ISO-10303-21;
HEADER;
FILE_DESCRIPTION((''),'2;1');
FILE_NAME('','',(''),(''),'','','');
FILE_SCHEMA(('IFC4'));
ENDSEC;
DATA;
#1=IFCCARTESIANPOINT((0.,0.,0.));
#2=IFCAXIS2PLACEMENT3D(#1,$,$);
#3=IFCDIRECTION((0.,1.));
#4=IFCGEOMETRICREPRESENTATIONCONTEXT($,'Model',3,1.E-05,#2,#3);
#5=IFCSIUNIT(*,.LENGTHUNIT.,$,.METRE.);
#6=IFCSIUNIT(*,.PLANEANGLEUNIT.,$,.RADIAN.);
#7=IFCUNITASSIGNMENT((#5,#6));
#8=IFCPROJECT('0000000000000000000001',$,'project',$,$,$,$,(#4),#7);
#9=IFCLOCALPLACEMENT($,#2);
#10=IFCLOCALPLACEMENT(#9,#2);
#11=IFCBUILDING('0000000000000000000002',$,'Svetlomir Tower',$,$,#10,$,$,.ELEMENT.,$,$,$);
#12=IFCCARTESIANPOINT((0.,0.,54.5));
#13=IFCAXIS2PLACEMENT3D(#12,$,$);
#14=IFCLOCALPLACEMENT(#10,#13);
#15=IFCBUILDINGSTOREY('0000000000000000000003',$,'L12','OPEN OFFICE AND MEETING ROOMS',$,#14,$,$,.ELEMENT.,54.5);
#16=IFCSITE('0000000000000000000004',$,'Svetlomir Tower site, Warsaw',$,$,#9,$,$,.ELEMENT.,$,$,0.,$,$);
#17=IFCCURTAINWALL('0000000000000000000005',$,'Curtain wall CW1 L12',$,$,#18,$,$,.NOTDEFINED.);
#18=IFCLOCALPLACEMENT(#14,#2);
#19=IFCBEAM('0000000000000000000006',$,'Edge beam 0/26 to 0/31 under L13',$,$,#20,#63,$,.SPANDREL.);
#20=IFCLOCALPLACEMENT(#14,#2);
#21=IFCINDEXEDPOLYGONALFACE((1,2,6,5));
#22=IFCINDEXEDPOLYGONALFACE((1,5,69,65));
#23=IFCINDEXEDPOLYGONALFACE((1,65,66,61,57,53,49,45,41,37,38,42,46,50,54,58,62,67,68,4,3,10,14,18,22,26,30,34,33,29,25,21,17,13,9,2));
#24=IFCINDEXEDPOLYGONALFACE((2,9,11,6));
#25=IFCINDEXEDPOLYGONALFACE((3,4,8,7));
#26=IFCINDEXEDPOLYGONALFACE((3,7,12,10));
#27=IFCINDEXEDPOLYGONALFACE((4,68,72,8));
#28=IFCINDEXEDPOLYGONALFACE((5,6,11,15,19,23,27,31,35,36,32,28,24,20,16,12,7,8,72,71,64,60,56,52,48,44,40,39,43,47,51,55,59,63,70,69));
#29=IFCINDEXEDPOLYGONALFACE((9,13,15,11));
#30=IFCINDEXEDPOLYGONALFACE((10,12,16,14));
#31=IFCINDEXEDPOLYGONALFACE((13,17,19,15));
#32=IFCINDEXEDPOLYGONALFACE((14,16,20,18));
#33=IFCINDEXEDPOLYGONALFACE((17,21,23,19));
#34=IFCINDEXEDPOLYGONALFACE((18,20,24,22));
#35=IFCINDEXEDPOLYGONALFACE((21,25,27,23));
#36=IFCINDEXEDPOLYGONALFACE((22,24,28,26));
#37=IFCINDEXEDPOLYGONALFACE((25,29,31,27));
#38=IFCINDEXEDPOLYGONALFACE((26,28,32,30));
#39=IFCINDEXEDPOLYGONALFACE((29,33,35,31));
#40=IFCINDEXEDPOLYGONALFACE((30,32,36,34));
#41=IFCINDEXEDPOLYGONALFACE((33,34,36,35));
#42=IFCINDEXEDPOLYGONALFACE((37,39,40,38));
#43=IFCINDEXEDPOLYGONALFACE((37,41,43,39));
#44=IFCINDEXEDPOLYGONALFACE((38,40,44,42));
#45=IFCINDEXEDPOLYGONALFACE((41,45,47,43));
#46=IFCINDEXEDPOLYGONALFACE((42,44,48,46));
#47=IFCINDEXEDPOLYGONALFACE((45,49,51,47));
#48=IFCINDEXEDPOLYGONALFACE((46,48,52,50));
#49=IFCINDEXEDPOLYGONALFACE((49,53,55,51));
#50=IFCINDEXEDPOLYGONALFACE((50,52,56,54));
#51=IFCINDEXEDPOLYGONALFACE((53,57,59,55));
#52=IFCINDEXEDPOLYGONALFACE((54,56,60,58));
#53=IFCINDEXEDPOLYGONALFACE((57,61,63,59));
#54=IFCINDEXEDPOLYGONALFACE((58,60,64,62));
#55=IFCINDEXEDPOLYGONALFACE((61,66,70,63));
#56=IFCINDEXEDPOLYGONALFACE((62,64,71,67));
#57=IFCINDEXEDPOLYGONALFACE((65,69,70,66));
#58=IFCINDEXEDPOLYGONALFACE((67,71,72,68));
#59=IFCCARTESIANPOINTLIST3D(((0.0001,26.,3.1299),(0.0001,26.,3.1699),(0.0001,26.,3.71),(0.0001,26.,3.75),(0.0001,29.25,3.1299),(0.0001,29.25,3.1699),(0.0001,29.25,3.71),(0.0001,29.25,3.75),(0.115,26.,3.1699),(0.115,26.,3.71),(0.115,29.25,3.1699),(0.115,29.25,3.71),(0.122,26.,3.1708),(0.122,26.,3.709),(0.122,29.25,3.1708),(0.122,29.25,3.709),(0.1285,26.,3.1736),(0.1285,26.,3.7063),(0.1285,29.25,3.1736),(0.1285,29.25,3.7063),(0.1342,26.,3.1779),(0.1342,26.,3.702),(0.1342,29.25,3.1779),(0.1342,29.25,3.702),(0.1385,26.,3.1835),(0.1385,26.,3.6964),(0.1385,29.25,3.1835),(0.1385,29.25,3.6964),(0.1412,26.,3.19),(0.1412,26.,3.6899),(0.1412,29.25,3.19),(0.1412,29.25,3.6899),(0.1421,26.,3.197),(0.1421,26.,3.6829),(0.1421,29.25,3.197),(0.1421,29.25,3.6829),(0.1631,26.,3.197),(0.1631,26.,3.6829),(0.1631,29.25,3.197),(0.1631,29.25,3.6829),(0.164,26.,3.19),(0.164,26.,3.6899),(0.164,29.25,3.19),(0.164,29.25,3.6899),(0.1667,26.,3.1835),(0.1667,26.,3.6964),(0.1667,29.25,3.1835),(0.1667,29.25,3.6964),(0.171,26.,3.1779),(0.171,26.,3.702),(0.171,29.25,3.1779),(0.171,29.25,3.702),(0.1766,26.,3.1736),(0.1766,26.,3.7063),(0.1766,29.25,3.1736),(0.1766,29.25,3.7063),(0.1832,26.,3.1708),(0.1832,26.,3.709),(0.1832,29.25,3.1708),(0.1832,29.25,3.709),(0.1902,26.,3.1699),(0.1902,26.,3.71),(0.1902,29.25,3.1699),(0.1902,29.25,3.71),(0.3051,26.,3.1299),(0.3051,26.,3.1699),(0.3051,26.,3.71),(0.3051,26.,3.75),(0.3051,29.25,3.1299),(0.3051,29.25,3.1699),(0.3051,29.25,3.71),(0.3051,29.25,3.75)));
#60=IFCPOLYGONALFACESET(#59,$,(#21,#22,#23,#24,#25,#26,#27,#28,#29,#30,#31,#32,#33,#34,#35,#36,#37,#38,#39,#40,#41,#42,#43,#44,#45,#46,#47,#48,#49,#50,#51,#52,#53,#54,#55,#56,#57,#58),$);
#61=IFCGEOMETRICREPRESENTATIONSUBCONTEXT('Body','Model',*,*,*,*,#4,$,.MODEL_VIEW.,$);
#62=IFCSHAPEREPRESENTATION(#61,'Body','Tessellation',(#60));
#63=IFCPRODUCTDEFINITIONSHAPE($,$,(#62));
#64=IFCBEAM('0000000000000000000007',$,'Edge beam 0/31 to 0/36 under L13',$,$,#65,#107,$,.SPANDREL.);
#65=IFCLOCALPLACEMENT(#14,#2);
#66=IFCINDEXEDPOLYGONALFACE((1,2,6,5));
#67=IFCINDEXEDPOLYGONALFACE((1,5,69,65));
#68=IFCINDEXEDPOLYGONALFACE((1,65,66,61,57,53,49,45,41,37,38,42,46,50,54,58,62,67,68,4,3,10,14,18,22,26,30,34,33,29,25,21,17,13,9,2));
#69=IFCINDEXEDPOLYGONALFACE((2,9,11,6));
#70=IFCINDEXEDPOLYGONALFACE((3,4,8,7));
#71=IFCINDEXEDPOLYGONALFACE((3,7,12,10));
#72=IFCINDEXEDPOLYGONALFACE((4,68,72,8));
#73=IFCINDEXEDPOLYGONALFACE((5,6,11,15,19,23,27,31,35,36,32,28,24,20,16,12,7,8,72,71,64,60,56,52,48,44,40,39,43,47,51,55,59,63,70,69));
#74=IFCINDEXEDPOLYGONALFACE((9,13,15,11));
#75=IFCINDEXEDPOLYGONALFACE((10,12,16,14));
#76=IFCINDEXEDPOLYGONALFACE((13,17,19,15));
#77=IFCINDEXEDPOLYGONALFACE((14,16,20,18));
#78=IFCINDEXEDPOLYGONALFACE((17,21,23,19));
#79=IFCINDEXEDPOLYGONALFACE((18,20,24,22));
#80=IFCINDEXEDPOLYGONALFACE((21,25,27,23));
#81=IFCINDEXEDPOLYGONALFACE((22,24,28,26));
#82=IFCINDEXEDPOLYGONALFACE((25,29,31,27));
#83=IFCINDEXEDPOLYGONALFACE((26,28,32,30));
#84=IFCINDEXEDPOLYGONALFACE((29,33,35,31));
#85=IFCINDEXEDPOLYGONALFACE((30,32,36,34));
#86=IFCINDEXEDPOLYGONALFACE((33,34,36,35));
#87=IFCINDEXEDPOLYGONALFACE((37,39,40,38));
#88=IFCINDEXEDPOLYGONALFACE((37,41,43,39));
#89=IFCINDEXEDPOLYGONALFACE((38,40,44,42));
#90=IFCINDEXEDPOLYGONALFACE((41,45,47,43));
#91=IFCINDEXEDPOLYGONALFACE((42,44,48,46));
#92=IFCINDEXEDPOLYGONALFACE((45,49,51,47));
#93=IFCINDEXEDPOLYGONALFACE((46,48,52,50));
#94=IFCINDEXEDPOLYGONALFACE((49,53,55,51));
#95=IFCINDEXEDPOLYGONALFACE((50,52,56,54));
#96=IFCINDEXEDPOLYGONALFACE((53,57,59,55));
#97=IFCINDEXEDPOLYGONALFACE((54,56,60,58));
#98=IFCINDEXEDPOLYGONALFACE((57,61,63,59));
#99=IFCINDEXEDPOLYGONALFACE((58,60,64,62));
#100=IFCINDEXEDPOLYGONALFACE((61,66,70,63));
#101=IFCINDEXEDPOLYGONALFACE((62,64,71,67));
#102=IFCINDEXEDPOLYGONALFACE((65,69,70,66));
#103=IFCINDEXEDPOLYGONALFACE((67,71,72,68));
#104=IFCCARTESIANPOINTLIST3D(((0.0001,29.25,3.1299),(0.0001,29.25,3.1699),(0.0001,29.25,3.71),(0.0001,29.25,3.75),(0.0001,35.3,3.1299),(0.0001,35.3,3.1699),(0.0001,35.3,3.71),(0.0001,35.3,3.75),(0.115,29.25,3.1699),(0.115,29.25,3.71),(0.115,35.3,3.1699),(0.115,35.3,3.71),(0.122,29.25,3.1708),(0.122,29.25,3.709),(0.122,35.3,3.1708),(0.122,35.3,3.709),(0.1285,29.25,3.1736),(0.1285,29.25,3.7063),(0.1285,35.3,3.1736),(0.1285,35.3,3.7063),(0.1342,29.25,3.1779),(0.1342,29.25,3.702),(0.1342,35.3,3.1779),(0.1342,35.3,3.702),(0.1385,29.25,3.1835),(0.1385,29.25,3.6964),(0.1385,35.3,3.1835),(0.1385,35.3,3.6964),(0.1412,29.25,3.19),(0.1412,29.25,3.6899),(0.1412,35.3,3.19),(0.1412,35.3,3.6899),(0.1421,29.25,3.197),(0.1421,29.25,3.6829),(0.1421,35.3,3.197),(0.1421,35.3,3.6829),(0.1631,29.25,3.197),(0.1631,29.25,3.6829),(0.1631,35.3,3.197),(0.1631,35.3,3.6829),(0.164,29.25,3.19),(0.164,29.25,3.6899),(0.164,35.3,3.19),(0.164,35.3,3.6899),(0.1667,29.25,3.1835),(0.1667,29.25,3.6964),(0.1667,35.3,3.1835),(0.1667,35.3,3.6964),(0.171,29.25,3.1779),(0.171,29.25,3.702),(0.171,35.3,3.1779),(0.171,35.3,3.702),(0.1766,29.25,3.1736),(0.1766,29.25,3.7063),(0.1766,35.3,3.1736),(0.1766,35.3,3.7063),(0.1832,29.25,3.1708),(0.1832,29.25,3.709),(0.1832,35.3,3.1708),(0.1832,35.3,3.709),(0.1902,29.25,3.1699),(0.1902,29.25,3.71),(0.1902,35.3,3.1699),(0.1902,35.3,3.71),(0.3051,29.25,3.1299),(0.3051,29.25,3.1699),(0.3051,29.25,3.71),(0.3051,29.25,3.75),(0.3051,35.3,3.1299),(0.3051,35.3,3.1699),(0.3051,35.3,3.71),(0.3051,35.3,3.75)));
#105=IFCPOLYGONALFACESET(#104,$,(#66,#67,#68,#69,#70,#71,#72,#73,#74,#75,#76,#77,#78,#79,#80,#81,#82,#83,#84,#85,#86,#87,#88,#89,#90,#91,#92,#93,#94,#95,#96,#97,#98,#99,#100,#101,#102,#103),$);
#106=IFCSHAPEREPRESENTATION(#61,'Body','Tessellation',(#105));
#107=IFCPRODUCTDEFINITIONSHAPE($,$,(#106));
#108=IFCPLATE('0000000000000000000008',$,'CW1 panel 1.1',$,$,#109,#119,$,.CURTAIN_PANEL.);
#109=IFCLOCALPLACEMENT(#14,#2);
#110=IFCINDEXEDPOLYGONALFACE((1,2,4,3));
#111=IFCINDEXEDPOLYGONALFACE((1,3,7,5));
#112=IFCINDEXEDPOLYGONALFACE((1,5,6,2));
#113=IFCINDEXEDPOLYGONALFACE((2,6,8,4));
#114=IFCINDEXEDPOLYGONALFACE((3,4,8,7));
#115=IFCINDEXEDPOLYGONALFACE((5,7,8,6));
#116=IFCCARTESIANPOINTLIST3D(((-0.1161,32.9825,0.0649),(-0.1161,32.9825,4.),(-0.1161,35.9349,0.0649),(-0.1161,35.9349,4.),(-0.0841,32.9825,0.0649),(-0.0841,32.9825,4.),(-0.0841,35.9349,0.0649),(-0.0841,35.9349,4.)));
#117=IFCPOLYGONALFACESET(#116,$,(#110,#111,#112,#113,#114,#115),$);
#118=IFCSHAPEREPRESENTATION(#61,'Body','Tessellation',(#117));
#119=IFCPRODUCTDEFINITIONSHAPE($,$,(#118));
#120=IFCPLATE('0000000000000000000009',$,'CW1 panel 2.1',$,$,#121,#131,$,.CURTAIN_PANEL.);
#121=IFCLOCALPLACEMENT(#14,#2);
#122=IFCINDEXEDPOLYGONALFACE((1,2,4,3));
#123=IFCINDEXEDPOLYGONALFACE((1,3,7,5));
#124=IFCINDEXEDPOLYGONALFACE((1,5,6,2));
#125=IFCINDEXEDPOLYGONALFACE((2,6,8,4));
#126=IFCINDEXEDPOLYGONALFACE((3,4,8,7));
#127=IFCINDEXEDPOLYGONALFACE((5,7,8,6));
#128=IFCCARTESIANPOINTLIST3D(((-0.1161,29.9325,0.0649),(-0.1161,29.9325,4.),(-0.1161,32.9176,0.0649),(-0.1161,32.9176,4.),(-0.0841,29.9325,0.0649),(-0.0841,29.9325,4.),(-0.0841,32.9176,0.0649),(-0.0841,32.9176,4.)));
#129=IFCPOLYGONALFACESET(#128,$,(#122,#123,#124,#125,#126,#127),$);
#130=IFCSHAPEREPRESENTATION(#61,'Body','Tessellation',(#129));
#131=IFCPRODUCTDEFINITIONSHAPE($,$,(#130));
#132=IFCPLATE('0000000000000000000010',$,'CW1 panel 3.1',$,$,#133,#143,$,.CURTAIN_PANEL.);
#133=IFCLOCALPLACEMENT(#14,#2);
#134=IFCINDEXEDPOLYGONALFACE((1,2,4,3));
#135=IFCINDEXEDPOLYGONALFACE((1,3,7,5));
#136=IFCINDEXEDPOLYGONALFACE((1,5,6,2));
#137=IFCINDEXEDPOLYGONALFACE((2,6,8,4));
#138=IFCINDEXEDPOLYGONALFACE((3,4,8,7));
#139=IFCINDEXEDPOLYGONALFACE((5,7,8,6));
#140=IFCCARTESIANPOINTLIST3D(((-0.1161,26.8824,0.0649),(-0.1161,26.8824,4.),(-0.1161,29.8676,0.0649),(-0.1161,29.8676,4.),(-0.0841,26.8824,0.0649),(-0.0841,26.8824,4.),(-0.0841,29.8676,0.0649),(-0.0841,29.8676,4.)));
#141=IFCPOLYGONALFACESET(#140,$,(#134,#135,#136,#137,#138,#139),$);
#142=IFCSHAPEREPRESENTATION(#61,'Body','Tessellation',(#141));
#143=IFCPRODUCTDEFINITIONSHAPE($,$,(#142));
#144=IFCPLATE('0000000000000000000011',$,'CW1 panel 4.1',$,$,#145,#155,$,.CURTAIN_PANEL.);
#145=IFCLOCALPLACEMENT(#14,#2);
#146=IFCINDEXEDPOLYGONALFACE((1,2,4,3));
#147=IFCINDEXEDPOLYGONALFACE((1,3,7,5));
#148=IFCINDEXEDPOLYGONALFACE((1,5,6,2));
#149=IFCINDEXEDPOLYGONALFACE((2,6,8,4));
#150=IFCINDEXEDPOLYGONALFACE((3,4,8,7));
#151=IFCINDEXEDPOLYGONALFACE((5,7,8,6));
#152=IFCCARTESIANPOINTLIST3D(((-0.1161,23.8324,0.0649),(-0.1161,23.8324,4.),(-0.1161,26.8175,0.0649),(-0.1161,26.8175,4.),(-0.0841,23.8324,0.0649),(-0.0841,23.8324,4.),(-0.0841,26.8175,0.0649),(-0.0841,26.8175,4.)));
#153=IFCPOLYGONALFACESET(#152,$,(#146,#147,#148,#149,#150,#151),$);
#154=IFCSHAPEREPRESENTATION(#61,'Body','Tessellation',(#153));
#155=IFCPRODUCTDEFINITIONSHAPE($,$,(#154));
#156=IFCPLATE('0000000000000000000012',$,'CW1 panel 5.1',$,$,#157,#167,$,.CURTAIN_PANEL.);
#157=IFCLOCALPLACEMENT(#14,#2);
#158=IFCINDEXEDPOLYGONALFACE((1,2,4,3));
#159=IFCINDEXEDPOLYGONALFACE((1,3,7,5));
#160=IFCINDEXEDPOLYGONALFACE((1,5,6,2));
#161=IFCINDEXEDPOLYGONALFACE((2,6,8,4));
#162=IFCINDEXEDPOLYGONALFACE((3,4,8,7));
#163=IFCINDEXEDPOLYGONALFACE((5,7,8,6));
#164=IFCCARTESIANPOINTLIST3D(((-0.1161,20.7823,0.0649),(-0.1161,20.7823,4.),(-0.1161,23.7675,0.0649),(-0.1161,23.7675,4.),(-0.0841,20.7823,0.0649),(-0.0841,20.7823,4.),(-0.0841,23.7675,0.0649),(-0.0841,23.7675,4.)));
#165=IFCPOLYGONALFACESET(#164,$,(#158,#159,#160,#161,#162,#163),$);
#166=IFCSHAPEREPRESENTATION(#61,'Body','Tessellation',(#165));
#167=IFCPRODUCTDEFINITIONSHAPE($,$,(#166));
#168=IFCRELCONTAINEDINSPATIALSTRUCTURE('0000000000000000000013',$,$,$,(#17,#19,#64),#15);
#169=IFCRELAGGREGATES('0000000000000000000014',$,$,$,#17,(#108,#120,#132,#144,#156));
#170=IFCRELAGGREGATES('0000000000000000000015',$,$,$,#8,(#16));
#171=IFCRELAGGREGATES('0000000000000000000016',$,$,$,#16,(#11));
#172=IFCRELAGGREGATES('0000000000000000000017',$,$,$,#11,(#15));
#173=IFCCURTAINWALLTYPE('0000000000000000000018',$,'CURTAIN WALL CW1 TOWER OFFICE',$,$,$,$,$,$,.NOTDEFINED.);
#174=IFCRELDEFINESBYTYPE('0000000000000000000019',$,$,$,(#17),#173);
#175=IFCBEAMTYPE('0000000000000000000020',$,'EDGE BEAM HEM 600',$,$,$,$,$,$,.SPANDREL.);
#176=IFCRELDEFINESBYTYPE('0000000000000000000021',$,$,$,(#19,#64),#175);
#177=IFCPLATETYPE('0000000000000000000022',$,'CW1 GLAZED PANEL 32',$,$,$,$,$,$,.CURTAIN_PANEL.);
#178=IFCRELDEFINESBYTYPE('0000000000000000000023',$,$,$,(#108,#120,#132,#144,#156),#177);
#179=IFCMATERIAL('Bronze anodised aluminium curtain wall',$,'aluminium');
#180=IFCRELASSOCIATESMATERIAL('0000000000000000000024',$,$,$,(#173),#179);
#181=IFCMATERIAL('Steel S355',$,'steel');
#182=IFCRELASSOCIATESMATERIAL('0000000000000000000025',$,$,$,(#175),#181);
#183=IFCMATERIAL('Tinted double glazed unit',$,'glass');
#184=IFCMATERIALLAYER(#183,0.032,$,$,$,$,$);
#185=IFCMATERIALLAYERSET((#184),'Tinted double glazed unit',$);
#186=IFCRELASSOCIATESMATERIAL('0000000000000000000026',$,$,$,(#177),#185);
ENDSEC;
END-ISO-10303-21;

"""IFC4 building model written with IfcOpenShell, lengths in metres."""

from ifc_helpers import new_model, si_unit, direction, frame, origin, origin_2d, place, context, subcontext, project, spatial, rectangle, i_section, extrude, material, layer, layer_set, material_profile, profile_set, type_object, element, aggregate, save


model = new_model("IFC4")

# Units and contexts
model_context = context("Model", 3, precision=1e-05, world=origin(), true_north=direction((0.0, 1.0)))
body_context = subcontext(model_context, "Body", "Model", "MODEL_VIEW")
ifc_project = project(units=[si_unit("LENGTHUNIT", "METRE"), si_unit("PLANEANGLEUNIT", "RADIAN")], contexts=[model_context])

# Site, building, storey
site_placement = place(None, origin())
site = spatial("IfcSite", under=ifc_project, at=site_placement, Name="Svetlomir Tower site, Warsaw", CompositionType="ELEMENT", RefElevation=0.0)
building_placement = place(site_placement, origin())
building = spatial("IfcBuilding", under=site, at=building_placement, Name="Svetlomir Tower", CompositionType="ELEMENT")
storey_placement = place(building_placement, frame((0.0, 0.0, 54.5)))
storey = spatial("IfcBuildingStorey", under=building, at=storey_placement, Name="L12", Description="OPEN OFFICE AND MEETING ROOMS", CompositionType="ELEMENT", Elevation=54.5)

# Curtain wall
ifc_material_1 = material(Name="Bronze anodised aluminium curtain wall", Category="aluminium")
curtain_wall_type = type_object("IfcCurtainWallType", Name="CURTAIN WALL CW1 TOWER OFFICE", PredefinedType="NOTDEFINED", material=ifc_material_1)
curtain_wall_placement = place(storey_placement, origin())
curtain_wall = element("IfcCurtainWall", 1, at=curtain_wall_placement, inside=storey, type_object=curtain_wall_type, Name="Curtain wall CW1 L12", PredefinedType="NOTDEFINED")

# Beams
ifc_material_2 = material(Name="Steel S355", Category="steel")
ifc_material_profile_1 = material_profile(ifc_material_2, i_section(OverallWidth=0.3049, OverallDepth=0.6201, WebThickness=0.021, FlangeThickness=0.04, FilletRadius=0.0271, at=origin_2d()), Name="HEM 600")
ifc_profile_set_1 = profile_set([ifc_material_profile_1], Name="Steel S355")
beam_type = type_object("IfcBeamType", Name="EDGE BEAM HEM 600", PredefinedType="SPANDREL", material=ifc_profile_set_1)
beam_1_placement = place(storey_placement, frame((0.1526, 26.0, 3.4399), z_axis=(0.0, 1.0, 0.0), x_axis=(-1.0, 0.0, 0.0)))
element("IfcBeam", 2, at=beam_1_placement, inside=storey, type_object=beam_type, Name="Edge beam 0/26 to 0/31 under L13", PredefinedType="SPANDREL", context=body_context, shape_type="SweptSolid", body=[
    extrude(i_section(OverallWidth=0.3049, OverallDepth=0.6201, WebThickness=0.021, FlangeThickness=0.04, FilletRadius=0.0271, at=origin_2d()), origin(), (0.0, 0.0, 1.0), 3.25),
])
beam_2_placement = place(storey_placement, frame((0.1526, 29.25, 3.4399), z_axis=(0.0, 1.0, 0.0), x_axis=(-1.0, 0.0, 0.0)))
element("IfcBeam", 3, at=beam_2_placement, inside=storey, type_object=beam_type, Name="Edge beam 0/31 to 0/36 under L13", PredefinedType="SPANDREL", context=body_context, shape_type="SweptSolid", body=[
    extrude(i_section(OverallWidth=0.3049, OverallDepth=0.6201, WebThickness=0.021, FlangeThickness=0.04, FilletRadius=0.0271, at=origin_2d()), origin(), (0.0, 0.0, 1.0), 6.05),
])

# Plates
ifc_material_3 = material(Name="Tinted double glazed unit", Category="glass")
ifc_layer_1 = layer(ifc_material_3, 0.032)
ifc_layer_set_1 = layer_set([ifc_layer_1], Name="Tinted double glazed unit")
plate_type = type_object("IfcPlateType", Name="CW1 GLAZED PANEL 32", PredefinedType="CURTAIN_PANEL", material=ifc_layer_set_1)
plate_1_placement = place(storey_placement, frame((-0.1001, 34.4587, 0.0649), z_axis=(0.0, 0.0, 1.0), x_axis=(0.0, -1.0, 0.0)))
plate_1 = element("IfcPlate", 4, at=plate_1_placement, type_object=plate_type, Name="CW1 panel 1.1", PredefinedType="CURTAIN_PANEL", context=body_context, shape_type="SweptSolid", body=[
    extrude(rectangle(XDim=2.9524, YDim=0.032, at=origin_2d()), origin(), (0.0, 0.0, 1.0), 3.9351),
])
plate_2_placement = place(storey_placement, frame((-0.1001, 31.425, 0.0649), z_axis=(0.0, 0.0, 1.0), x_axis=(0.0, -1.0, 0.0)))
plate_2 = element("IfcPlate", 5, at=plate_2_placement, type_object=plate_type, Name="CW1 panel 2.1", PredefinedType="CURTAIN_PANEL", context=body_context, shape_type="SweptSolid", body=[
    extrude(rectangle(XDim=2.9851, YDim=0.032, at=origin_2d()), origin(), (0.0, 0.0, 1.0), 3.9351),
])
plate_3_placement = place(storey_placement, frame((-0.1001, 28.375, 0.0649), z_axis=(0.0, 0.0, 1.0), x_axis=(0.0, -1.0, 0.0)))
plate_3 = element("IfcPlate", 6, at=plate_3_placement, type_object=plate_type, Name="CW1 panel 3.1", PredefinedType="CURTAIN_PANEL", context=body_context, shape_type="SweptSolid", body=[
    extrude(rectangle(XDim=2.9851, YDim=0.032, at=origin_2d()), origin(), (0.0, 0.0, 1.0), 3.9351),
])
plate_4_placement = place(storey_placement, frame((-0.1001, 25.325, 0.0649), z_axis=(0.0, 0.0, 1.0), x_axis=(0.0, -1.0, 0.0)))
plate_4 = element("IfcPlate", 7, at=plate_4_placement, type_object=plate_type, Name="CW1 panel 4.1", PredefinedType="CURTAIN_PANEL", context=body_context, shape_type="SweptSolid", body=[
    extrude(rectangle(XDim=2.9851, YDim=0.032, at=origin_2d()), origin(), (0.0, 0.0, 1.0), 3.9351),
])
plate_5_placement = place(storey_placement, frame((-0.1001, 22.2749, 0.0649), z_axis=(0.0, 0.0, 1.0), x_axis=(0.0, -1.0, 0.0)))
plate_5 = element("IfcPlate", 8, at=plate_5_placement, type_object=plate_type, Name="CW1 panel 5.1", PredefinedType="CURTAIN_PANEL", context=body_context, shape_type="SweptSolid", body=[
    extrude(rectangle(XDim=2.9851, YDim=0.032, at=origin_2d()), origin(), (0.0, 0.0, 1.0), 3.9351),
])
aggregate(curtain_wall, [plate_1, plate_2, plate_3, plate_4, plate_5])

save(model, "model.ifc")
